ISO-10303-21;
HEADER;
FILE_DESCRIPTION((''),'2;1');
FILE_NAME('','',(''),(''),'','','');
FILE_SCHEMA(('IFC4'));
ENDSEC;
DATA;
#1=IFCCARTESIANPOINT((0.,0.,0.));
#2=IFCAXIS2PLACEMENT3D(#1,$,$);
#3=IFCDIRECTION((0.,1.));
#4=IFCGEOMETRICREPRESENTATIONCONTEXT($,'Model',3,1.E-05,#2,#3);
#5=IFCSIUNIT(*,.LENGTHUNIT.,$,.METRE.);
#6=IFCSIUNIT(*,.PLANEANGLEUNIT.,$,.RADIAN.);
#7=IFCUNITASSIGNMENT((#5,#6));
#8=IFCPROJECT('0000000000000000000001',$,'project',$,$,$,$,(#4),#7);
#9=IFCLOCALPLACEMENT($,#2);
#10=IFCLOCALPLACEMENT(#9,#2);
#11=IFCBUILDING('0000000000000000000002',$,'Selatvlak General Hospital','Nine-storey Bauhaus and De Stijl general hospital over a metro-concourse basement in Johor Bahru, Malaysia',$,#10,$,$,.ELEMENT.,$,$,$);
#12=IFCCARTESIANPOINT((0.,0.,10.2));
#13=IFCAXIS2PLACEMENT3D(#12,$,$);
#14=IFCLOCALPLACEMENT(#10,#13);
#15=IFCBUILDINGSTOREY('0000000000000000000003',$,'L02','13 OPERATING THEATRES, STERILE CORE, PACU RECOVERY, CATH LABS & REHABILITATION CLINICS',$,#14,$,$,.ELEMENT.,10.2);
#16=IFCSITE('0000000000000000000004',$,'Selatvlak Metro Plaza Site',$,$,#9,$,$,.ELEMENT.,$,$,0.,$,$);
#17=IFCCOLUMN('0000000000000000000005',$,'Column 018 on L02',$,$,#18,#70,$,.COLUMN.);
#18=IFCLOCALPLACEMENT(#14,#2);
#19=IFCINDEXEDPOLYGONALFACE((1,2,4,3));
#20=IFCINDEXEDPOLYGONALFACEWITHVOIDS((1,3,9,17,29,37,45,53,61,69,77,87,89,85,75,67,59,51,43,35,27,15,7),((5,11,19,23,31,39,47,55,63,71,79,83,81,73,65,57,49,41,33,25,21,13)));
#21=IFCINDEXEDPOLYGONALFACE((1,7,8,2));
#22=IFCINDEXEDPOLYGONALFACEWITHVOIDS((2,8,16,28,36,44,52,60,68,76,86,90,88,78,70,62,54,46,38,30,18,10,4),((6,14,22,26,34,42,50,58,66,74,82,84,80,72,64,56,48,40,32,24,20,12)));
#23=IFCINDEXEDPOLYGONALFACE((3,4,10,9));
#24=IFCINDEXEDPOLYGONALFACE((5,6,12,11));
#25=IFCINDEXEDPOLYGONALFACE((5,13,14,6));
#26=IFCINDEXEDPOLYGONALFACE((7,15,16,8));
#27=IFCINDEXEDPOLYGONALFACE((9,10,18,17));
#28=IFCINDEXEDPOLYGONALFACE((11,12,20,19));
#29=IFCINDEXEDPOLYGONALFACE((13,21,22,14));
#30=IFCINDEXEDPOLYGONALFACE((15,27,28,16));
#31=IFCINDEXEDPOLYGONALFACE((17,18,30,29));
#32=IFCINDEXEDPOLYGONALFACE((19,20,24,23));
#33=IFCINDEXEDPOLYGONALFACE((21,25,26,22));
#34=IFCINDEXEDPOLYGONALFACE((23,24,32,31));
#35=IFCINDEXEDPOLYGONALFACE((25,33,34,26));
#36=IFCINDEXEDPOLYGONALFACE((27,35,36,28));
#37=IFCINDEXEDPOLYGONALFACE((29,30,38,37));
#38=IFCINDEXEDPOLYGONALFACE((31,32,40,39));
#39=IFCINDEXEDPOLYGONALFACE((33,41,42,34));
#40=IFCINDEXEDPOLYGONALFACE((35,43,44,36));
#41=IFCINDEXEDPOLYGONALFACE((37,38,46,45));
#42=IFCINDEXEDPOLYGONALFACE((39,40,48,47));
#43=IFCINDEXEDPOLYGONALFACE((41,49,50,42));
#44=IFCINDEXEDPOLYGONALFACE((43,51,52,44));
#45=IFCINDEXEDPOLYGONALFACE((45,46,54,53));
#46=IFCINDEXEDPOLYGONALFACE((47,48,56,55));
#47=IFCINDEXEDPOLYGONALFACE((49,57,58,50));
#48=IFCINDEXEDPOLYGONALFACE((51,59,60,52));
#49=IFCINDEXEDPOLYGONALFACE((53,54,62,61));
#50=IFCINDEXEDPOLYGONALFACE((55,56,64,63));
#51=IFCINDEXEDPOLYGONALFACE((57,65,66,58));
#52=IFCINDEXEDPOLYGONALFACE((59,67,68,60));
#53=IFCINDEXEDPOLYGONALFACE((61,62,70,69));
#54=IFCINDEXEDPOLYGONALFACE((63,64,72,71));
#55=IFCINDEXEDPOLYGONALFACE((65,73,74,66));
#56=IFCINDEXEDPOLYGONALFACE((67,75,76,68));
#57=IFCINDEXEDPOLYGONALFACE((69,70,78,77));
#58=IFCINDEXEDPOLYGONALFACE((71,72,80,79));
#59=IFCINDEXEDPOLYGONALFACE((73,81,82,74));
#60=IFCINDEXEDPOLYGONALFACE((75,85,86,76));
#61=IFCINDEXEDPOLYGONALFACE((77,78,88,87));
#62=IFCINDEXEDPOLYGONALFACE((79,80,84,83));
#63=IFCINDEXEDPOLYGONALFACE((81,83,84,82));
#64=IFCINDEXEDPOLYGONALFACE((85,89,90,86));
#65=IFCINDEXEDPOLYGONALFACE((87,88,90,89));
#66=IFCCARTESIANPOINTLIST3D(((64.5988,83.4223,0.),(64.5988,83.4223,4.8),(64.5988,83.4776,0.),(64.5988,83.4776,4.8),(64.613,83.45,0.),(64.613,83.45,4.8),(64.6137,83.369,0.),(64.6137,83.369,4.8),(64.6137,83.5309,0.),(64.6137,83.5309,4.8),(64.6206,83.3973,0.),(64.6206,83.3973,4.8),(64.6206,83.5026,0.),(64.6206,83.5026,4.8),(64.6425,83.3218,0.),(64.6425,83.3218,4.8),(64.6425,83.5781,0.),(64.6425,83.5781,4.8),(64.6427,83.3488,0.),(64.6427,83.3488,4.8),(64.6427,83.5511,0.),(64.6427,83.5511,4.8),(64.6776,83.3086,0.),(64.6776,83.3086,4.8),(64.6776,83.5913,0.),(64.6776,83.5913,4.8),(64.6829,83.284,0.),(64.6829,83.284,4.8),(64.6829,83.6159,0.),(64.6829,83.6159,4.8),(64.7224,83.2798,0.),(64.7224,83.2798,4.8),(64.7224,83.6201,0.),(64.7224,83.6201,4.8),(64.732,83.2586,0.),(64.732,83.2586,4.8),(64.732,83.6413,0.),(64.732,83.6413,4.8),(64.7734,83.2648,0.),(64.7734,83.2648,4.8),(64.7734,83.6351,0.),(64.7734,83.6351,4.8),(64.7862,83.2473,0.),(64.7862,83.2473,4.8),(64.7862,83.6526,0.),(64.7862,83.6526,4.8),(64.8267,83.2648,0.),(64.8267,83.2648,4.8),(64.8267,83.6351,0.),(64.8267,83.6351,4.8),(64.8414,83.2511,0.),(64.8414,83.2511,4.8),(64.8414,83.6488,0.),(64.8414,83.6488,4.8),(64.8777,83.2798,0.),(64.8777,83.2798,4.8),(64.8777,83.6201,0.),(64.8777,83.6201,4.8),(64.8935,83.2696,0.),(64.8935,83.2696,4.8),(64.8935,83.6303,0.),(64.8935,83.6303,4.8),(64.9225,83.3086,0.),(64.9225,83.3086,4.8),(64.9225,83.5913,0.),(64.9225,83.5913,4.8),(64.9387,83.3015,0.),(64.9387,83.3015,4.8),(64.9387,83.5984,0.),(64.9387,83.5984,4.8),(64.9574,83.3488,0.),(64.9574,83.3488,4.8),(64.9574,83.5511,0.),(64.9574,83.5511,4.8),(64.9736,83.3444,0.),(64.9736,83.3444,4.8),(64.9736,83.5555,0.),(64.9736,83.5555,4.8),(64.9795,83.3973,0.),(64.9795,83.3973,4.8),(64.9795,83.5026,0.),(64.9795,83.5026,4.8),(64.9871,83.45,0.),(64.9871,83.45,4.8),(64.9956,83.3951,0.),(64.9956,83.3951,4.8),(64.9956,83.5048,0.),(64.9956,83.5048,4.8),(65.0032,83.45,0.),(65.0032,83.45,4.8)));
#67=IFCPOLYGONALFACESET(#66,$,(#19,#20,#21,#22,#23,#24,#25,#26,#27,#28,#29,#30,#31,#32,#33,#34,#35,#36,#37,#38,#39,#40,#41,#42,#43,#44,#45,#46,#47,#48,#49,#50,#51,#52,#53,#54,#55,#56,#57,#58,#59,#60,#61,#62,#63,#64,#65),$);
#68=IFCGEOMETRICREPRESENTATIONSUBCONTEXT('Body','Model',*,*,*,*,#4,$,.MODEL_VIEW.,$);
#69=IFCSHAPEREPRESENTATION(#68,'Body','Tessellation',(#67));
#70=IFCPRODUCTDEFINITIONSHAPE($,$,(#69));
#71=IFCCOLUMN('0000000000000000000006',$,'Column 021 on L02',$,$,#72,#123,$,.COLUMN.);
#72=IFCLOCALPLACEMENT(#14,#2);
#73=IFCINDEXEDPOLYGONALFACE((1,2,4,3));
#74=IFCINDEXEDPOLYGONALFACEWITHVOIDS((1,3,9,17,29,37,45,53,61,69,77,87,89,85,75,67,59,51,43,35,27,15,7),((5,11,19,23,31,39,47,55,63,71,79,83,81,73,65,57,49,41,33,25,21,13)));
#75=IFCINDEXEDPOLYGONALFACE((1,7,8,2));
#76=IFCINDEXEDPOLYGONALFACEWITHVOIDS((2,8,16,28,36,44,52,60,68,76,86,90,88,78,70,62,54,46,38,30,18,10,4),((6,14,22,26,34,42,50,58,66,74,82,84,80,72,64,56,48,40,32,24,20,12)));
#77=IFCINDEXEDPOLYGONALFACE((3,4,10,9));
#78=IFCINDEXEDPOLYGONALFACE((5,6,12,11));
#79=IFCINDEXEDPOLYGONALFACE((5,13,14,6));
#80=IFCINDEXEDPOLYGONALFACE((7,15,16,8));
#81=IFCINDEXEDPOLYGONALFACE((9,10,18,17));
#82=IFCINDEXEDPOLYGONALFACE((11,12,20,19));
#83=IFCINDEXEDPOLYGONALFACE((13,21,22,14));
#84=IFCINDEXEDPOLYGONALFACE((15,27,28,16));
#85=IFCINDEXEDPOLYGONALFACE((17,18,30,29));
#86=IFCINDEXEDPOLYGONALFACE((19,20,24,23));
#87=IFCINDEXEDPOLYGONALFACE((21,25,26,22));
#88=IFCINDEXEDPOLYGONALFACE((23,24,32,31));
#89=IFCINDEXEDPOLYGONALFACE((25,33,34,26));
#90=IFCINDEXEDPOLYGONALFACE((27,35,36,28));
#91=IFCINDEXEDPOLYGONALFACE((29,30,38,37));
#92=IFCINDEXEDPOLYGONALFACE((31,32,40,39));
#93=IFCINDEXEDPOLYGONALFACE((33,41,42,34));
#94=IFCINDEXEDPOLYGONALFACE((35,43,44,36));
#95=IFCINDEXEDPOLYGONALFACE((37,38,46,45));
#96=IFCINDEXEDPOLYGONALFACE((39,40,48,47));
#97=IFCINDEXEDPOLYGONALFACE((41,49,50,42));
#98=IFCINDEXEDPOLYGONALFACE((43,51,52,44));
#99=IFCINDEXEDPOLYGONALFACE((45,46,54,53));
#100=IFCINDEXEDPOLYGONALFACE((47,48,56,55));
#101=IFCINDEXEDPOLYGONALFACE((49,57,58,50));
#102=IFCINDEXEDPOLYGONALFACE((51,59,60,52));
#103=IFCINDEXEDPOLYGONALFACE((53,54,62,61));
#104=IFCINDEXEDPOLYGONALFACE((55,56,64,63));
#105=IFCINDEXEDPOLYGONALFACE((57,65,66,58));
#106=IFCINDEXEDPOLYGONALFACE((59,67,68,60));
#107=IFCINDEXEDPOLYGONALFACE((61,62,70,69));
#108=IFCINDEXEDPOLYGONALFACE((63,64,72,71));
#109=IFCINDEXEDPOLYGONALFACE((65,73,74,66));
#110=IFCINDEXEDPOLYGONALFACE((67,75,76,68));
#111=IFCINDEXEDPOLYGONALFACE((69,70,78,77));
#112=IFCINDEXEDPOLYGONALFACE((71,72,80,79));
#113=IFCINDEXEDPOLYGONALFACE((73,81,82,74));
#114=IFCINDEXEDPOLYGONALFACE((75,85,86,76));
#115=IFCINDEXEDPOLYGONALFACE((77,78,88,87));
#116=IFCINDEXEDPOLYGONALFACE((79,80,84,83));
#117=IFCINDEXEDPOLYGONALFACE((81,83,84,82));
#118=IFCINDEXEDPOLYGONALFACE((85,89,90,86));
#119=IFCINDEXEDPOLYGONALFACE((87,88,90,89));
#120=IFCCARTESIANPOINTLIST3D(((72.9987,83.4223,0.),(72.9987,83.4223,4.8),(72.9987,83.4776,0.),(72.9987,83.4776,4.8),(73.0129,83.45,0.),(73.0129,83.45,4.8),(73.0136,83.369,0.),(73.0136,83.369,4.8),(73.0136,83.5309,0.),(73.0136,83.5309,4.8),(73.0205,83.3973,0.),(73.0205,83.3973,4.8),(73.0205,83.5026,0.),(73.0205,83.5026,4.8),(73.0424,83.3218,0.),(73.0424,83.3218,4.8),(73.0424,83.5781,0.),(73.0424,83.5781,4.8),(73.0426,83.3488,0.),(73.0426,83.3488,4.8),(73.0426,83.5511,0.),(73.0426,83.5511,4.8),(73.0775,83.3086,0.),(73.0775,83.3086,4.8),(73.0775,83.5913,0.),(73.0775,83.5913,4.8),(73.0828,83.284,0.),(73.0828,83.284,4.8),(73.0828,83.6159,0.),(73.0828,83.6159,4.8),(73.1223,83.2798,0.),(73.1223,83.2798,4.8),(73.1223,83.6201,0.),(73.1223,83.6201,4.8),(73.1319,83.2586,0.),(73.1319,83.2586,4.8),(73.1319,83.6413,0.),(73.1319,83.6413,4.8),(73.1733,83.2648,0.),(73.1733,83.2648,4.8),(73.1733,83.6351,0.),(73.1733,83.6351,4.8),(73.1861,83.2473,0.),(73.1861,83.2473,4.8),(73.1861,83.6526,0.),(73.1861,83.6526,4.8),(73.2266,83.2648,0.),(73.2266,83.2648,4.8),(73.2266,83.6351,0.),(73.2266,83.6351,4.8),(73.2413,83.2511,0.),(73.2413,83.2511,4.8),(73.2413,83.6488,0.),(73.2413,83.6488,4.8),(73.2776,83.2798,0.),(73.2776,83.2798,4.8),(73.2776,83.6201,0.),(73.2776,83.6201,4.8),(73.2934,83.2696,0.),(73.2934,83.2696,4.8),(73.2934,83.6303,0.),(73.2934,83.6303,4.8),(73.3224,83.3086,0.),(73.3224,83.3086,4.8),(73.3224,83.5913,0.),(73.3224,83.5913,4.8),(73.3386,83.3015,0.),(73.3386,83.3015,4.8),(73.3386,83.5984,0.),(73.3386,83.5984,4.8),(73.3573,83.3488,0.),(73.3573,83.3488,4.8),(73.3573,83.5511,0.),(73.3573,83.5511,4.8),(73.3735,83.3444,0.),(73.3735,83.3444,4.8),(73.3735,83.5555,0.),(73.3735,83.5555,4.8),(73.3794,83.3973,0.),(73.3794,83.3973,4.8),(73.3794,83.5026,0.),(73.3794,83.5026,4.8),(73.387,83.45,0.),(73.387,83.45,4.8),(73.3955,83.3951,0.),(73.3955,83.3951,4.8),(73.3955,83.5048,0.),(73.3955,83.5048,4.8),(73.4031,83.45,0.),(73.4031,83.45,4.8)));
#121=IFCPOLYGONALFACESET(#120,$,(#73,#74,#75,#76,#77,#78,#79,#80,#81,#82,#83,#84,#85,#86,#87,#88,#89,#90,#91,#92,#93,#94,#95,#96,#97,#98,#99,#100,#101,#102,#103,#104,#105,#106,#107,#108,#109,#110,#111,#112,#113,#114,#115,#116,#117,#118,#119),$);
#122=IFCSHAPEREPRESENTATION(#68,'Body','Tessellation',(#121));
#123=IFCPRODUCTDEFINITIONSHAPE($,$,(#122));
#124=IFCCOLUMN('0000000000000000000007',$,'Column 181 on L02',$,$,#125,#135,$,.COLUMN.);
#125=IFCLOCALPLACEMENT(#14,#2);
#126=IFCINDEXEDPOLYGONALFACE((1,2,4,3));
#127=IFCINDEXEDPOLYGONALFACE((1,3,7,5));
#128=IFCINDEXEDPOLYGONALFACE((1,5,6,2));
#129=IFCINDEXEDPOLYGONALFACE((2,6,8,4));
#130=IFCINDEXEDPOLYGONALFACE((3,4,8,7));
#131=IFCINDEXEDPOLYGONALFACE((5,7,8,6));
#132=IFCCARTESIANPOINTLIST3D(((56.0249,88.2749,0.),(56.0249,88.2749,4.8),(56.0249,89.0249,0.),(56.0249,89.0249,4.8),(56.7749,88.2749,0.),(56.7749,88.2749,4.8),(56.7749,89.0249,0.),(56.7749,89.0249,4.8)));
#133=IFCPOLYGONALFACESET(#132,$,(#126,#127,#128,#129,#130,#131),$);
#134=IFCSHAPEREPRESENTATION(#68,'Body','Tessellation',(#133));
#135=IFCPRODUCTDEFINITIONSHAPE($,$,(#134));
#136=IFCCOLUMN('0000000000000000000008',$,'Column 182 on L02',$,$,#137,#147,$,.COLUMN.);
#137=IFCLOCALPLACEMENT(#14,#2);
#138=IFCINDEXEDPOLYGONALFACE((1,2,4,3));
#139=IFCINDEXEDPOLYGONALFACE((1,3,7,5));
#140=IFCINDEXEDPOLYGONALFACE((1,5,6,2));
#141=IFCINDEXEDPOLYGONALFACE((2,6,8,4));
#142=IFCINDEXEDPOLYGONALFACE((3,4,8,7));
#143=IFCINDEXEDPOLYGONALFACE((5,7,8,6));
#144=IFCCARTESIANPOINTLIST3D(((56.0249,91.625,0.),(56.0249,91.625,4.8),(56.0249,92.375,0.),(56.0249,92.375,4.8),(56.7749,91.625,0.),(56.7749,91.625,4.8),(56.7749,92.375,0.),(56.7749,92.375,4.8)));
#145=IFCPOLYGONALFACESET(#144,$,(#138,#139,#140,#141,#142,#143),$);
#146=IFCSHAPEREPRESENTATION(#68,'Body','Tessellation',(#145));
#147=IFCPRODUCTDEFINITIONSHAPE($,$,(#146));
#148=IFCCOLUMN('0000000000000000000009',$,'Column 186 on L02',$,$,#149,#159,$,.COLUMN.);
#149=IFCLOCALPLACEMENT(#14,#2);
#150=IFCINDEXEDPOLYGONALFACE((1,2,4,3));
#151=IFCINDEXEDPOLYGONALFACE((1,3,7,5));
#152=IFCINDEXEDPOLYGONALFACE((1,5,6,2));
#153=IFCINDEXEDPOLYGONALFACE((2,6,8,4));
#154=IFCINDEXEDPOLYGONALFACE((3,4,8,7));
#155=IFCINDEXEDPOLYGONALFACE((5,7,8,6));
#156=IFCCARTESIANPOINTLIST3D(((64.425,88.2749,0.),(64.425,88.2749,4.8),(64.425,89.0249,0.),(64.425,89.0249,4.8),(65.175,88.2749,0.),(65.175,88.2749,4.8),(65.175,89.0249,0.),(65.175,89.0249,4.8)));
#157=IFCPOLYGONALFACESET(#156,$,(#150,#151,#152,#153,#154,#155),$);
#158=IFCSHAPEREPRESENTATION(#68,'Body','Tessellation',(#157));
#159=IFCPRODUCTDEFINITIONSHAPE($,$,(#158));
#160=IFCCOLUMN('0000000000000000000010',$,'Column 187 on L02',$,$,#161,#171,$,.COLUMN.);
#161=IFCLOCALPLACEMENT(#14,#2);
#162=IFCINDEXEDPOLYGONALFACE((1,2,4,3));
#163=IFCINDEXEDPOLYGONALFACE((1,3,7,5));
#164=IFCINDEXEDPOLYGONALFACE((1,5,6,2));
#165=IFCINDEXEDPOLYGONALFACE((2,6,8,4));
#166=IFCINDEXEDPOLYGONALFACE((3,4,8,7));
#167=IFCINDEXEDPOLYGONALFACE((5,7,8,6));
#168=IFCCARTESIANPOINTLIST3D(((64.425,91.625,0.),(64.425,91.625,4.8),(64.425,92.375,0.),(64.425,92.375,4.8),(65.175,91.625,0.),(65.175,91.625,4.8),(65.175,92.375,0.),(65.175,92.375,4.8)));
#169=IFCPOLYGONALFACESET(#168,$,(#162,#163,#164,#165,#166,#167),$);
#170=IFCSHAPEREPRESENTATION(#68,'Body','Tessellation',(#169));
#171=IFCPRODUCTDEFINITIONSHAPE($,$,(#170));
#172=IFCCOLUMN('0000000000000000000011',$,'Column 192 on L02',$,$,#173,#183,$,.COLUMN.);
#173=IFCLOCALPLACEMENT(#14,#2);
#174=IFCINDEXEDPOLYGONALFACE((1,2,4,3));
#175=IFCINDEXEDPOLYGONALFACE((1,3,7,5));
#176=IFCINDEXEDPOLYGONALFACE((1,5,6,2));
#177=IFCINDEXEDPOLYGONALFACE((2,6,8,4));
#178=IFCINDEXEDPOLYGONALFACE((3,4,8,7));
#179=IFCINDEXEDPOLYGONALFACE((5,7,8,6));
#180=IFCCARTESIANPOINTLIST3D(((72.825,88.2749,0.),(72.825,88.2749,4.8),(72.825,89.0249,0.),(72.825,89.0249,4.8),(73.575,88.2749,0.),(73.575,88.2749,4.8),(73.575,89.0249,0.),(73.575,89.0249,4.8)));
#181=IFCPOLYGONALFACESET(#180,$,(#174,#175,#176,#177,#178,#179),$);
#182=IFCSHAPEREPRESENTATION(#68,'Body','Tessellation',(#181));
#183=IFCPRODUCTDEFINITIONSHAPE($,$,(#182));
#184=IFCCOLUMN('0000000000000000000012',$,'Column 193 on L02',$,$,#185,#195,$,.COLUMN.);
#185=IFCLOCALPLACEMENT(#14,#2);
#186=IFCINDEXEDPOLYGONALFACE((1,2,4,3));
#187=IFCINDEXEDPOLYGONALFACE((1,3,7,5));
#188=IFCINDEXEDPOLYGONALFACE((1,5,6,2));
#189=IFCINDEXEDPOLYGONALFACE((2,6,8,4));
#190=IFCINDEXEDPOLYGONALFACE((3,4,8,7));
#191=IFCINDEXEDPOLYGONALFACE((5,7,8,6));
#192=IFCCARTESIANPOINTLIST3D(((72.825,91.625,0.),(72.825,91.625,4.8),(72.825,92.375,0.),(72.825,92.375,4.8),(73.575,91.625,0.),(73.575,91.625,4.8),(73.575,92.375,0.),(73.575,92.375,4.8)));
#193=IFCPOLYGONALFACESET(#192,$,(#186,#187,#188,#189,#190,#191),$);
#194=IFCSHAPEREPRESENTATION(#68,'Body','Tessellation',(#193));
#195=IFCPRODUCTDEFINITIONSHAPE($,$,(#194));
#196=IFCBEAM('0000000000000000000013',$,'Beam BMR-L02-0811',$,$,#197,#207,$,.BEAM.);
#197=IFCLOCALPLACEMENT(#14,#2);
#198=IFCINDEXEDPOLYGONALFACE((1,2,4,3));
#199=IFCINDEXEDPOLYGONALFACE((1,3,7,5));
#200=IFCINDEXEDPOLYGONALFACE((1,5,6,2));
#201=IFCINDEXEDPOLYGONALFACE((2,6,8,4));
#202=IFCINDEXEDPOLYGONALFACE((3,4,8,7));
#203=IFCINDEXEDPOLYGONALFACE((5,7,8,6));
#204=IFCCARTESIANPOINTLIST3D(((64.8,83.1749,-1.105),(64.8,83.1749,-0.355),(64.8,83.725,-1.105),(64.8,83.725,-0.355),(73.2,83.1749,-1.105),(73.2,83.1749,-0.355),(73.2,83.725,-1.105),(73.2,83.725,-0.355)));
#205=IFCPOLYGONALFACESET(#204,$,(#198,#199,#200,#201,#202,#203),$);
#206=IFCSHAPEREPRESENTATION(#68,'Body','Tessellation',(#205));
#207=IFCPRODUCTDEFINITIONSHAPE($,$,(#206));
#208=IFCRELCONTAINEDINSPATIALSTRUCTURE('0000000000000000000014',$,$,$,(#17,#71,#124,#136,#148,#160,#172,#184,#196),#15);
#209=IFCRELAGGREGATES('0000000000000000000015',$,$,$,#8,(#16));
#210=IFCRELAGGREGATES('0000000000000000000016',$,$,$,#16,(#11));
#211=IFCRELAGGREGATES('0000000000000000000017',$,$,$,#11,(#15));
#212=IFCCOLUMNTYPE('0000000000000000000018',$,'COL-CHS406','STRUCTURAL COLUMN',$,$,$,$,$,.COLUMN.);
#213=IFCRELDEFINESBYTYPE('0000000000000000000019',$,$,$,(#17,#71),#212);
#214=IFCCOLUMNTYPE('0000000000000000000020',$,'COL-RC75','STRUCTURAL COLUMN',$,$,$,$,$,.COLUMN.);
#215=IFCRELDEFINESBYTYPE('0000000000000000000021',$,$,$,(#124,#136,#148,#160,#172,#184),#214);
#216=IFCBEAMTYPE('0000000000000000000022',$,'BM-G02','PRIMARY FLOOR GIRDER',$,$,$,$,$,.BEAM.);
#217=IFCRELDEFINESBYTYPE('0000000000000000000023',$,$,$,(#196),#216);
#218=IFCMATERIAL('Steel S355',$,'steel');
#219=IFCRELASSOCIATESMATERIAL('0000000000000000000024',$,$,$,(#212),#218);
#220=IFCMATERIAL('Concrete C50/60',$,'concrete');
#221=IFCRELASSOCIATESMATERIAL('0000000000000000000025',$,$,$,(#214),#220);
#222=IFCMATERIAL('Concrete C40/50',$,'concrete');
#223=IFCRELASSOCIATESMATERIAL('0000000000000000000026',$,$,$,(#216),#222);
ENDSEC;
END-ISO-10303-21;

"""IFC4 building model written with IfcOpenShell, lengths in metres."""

from ifc_helpers import new_model, si_unit, direction, frame, origin, origin_2d, place, context, subcontext, project, spatial, rectangle, hollow_circle, extrude, material, material_profile, profile_set, type_object, element, save


model = new_model("IFC4")

# Units and contexts
model_context = context("Model", 3, precision=1e-05, world=origin(), true_north=direction((0.0, 1.0)))
body_context = subcontext(model_context, "Body", "Model", "MODEL_VIEW")
ifc_project = project(units=[si_unit("LENGTHUNIT", "METRE"), si_unit("PLANEANGLEUNIT", "RADIAN")], contexts=[model_context])

# Site, building, storey
site_placement = place(None, origin())
site = spatial("IfcSite", under=ifc_project, at=site_placement, Name="Selatvlak Metro Plaza Site", CompositionType="ELEMENT", RefElevation=0.0)
building_placement = place(site_placement, origin())
building = spatial("IfcBuilding", under=site, at=building_placement, Name="Selatvlak General Hospital", Description="Nine-storey Bauhaus and De Stijl general hospital over a metro-concourse basement in Johor Bahru, Malaysia", CompositionType="ELEMENT")
storey_placement = place(building_placement, frame((0.0, 0.0, 10.2)))
storey = spatial("IfcBuildingStorey", under=building, at=storey_placement, Name="L02", Description="13 OPERATING THEATRES, STERILE CORE, PACU RECOVERY, CATH LABS & REHABILITATION CLINICS", CompositionType="ELEMENT", Elevation=10.2)

# Columns
ifc_material_1 = material(Name="Steel S355", Category="steel")
ifc_material_profile_1 = material_profile(ifc_material_1, hollow_circle(Radius=0.2031, WallThickness=0.0161, at=origin_2d()), Name="CHS 406.4x16")
ifc_profile_set_1 = profile_set([ifc_material_profile_1], Name="Steel S355")
column_type_1 = type_object("IfcColumnType", Name="COL-CHS406", Description="STRUCTURAL COLUMN", PredefinedType="COLUMN", material=ifc_profile_set_1)
for number, where, z_axis, x_axis, name in (
    (1, (64.8, 83.45, 0.0), (0.0, 0.0, 1.0), (1.0, 0.0, 0.0), "Column 018 on L02"),
    (2, (73.2, 83.45, 0.0), (0.0, 0.0, 1.0), (1.0, 0.0, 0.0), "Column 021 on L02"),
):
    element("IfcColumn", number, at=place(storey_placement, frame(where, z_axis=z_axis, x_axis=x_axis)), inside=storey, type_object=column_type_1, Name=name, PredefinedType="COLUMN", context=body_context, shape_type="SweptSolid", body=[
        extrude(hollow_circle(Radius=0.2031, WallThickness=0.0161, at=origin_2d()), origin(), (0.0, 0.0, 1.0), 4.8),
    ])
ifc_material_2 = material(Name="Concrete C50/60", Category="concrete")
ifc_material_profile_2 = material_profile(ifc_material_2, rectangle(XDim=0.75, YDim=0.75, at=origin_2d()), Name="RC-COL 750x750")
ifc_profile_set_2 = profile_set([ifc_material_profile_2], Name="Concrete C50/60")
column_type_2 = type_object("IfcColumnType", Name="COL-RC75", Description="STRUCTURAL COLUMN", PredefinedType="COLUMN", material=ifc_profile_set_2)
for number, where, z_axis, x_axis, name in (
    (3, (56.3999, 88.6499, 0.0), (0.0, 0.0, 1.0), (1.0, 0.0, 0.0), "Column 181 on L02"),
    (4, (56.3999, 92.0, 0.0), (0.0, 0.0, 1.0), (1.0, 0.0, 0.0), "Column 182 on L02"),
    (5, (64.8, 88.6499, 0.0), (0.0, 0.0, 1.0), (1.0, 0.0, 0.0), "Column 186 on L02"),
    (6, (64.8, 92.0, 0.0), (0.0, 0.0, 1.0), (1.0, 0.0, 0.0), "Column 187 on L02"),
    (7, (73.2, 88.6499, 0.0), (0.0, 0.0, 1.0), (1.0, 0.0, 0.0), "Column 192 on L02"),
    (8, (73.2, 92.0, 0.0), (0.0, 0.0, 1.0), (1.0, 0.0, 0.0), "Column 193 on L02"),
):
    element("IfcColumn", number, at=place(storey_placement, frame(where, z_axis=z_axis, x_axis=x_axis)), inside=storey, type_object=column_type_2, Name=name, PredefinedType="COLUMN", context=body_context, shape_type="SweptSolid", body=[
        extrude(rectangle(XDim=0.75, YDim=0.75, at=origin_2d()), origin(), (0.0, 0.0, 1.0), 4.8),
    ])

# Beam
ifc_material_3 = material(Name="Concrete C40/50", Category="concrete")
ifc_material_profile_3 = material_profile(ifc_material_3, rectangle(XDim=0.55, YDim=0.75, at=origin_2d()), Name="RC-BM 550x750")
ifc_profile_set_3 = profile_set([ifc_material_profile_3], Name="Concrete C40/50")
beam_type_1 = type_object("IfcBeamType", Name="BM-G02", Description="PRIMARY FLOOR GIRDER", PredefinedType="BEAM", material=ifc_profile_set_3)
beam_1_placement = place(storey_placement, frame((64.8, 83.45, -0.73), z_axis=(1.0, 0.0, 0.0), x_axis=(0.0, 1.0, 0.0)))
element("IfcBeam", 9, at=beam_1_placement, inside=storey, type_object=beam_type_1, Name="Beam BMR-L02-0811", PredefinedType="BEAM", context=body_context, shape_type="SweptSolid", body=[
    extrude(rectangle(XDim=0.55, YDim=0.75, at=origin_2d()), origin(), (0.0, 0.0, 1.0), 8.3999),
])

save(model, "model.ifc")
